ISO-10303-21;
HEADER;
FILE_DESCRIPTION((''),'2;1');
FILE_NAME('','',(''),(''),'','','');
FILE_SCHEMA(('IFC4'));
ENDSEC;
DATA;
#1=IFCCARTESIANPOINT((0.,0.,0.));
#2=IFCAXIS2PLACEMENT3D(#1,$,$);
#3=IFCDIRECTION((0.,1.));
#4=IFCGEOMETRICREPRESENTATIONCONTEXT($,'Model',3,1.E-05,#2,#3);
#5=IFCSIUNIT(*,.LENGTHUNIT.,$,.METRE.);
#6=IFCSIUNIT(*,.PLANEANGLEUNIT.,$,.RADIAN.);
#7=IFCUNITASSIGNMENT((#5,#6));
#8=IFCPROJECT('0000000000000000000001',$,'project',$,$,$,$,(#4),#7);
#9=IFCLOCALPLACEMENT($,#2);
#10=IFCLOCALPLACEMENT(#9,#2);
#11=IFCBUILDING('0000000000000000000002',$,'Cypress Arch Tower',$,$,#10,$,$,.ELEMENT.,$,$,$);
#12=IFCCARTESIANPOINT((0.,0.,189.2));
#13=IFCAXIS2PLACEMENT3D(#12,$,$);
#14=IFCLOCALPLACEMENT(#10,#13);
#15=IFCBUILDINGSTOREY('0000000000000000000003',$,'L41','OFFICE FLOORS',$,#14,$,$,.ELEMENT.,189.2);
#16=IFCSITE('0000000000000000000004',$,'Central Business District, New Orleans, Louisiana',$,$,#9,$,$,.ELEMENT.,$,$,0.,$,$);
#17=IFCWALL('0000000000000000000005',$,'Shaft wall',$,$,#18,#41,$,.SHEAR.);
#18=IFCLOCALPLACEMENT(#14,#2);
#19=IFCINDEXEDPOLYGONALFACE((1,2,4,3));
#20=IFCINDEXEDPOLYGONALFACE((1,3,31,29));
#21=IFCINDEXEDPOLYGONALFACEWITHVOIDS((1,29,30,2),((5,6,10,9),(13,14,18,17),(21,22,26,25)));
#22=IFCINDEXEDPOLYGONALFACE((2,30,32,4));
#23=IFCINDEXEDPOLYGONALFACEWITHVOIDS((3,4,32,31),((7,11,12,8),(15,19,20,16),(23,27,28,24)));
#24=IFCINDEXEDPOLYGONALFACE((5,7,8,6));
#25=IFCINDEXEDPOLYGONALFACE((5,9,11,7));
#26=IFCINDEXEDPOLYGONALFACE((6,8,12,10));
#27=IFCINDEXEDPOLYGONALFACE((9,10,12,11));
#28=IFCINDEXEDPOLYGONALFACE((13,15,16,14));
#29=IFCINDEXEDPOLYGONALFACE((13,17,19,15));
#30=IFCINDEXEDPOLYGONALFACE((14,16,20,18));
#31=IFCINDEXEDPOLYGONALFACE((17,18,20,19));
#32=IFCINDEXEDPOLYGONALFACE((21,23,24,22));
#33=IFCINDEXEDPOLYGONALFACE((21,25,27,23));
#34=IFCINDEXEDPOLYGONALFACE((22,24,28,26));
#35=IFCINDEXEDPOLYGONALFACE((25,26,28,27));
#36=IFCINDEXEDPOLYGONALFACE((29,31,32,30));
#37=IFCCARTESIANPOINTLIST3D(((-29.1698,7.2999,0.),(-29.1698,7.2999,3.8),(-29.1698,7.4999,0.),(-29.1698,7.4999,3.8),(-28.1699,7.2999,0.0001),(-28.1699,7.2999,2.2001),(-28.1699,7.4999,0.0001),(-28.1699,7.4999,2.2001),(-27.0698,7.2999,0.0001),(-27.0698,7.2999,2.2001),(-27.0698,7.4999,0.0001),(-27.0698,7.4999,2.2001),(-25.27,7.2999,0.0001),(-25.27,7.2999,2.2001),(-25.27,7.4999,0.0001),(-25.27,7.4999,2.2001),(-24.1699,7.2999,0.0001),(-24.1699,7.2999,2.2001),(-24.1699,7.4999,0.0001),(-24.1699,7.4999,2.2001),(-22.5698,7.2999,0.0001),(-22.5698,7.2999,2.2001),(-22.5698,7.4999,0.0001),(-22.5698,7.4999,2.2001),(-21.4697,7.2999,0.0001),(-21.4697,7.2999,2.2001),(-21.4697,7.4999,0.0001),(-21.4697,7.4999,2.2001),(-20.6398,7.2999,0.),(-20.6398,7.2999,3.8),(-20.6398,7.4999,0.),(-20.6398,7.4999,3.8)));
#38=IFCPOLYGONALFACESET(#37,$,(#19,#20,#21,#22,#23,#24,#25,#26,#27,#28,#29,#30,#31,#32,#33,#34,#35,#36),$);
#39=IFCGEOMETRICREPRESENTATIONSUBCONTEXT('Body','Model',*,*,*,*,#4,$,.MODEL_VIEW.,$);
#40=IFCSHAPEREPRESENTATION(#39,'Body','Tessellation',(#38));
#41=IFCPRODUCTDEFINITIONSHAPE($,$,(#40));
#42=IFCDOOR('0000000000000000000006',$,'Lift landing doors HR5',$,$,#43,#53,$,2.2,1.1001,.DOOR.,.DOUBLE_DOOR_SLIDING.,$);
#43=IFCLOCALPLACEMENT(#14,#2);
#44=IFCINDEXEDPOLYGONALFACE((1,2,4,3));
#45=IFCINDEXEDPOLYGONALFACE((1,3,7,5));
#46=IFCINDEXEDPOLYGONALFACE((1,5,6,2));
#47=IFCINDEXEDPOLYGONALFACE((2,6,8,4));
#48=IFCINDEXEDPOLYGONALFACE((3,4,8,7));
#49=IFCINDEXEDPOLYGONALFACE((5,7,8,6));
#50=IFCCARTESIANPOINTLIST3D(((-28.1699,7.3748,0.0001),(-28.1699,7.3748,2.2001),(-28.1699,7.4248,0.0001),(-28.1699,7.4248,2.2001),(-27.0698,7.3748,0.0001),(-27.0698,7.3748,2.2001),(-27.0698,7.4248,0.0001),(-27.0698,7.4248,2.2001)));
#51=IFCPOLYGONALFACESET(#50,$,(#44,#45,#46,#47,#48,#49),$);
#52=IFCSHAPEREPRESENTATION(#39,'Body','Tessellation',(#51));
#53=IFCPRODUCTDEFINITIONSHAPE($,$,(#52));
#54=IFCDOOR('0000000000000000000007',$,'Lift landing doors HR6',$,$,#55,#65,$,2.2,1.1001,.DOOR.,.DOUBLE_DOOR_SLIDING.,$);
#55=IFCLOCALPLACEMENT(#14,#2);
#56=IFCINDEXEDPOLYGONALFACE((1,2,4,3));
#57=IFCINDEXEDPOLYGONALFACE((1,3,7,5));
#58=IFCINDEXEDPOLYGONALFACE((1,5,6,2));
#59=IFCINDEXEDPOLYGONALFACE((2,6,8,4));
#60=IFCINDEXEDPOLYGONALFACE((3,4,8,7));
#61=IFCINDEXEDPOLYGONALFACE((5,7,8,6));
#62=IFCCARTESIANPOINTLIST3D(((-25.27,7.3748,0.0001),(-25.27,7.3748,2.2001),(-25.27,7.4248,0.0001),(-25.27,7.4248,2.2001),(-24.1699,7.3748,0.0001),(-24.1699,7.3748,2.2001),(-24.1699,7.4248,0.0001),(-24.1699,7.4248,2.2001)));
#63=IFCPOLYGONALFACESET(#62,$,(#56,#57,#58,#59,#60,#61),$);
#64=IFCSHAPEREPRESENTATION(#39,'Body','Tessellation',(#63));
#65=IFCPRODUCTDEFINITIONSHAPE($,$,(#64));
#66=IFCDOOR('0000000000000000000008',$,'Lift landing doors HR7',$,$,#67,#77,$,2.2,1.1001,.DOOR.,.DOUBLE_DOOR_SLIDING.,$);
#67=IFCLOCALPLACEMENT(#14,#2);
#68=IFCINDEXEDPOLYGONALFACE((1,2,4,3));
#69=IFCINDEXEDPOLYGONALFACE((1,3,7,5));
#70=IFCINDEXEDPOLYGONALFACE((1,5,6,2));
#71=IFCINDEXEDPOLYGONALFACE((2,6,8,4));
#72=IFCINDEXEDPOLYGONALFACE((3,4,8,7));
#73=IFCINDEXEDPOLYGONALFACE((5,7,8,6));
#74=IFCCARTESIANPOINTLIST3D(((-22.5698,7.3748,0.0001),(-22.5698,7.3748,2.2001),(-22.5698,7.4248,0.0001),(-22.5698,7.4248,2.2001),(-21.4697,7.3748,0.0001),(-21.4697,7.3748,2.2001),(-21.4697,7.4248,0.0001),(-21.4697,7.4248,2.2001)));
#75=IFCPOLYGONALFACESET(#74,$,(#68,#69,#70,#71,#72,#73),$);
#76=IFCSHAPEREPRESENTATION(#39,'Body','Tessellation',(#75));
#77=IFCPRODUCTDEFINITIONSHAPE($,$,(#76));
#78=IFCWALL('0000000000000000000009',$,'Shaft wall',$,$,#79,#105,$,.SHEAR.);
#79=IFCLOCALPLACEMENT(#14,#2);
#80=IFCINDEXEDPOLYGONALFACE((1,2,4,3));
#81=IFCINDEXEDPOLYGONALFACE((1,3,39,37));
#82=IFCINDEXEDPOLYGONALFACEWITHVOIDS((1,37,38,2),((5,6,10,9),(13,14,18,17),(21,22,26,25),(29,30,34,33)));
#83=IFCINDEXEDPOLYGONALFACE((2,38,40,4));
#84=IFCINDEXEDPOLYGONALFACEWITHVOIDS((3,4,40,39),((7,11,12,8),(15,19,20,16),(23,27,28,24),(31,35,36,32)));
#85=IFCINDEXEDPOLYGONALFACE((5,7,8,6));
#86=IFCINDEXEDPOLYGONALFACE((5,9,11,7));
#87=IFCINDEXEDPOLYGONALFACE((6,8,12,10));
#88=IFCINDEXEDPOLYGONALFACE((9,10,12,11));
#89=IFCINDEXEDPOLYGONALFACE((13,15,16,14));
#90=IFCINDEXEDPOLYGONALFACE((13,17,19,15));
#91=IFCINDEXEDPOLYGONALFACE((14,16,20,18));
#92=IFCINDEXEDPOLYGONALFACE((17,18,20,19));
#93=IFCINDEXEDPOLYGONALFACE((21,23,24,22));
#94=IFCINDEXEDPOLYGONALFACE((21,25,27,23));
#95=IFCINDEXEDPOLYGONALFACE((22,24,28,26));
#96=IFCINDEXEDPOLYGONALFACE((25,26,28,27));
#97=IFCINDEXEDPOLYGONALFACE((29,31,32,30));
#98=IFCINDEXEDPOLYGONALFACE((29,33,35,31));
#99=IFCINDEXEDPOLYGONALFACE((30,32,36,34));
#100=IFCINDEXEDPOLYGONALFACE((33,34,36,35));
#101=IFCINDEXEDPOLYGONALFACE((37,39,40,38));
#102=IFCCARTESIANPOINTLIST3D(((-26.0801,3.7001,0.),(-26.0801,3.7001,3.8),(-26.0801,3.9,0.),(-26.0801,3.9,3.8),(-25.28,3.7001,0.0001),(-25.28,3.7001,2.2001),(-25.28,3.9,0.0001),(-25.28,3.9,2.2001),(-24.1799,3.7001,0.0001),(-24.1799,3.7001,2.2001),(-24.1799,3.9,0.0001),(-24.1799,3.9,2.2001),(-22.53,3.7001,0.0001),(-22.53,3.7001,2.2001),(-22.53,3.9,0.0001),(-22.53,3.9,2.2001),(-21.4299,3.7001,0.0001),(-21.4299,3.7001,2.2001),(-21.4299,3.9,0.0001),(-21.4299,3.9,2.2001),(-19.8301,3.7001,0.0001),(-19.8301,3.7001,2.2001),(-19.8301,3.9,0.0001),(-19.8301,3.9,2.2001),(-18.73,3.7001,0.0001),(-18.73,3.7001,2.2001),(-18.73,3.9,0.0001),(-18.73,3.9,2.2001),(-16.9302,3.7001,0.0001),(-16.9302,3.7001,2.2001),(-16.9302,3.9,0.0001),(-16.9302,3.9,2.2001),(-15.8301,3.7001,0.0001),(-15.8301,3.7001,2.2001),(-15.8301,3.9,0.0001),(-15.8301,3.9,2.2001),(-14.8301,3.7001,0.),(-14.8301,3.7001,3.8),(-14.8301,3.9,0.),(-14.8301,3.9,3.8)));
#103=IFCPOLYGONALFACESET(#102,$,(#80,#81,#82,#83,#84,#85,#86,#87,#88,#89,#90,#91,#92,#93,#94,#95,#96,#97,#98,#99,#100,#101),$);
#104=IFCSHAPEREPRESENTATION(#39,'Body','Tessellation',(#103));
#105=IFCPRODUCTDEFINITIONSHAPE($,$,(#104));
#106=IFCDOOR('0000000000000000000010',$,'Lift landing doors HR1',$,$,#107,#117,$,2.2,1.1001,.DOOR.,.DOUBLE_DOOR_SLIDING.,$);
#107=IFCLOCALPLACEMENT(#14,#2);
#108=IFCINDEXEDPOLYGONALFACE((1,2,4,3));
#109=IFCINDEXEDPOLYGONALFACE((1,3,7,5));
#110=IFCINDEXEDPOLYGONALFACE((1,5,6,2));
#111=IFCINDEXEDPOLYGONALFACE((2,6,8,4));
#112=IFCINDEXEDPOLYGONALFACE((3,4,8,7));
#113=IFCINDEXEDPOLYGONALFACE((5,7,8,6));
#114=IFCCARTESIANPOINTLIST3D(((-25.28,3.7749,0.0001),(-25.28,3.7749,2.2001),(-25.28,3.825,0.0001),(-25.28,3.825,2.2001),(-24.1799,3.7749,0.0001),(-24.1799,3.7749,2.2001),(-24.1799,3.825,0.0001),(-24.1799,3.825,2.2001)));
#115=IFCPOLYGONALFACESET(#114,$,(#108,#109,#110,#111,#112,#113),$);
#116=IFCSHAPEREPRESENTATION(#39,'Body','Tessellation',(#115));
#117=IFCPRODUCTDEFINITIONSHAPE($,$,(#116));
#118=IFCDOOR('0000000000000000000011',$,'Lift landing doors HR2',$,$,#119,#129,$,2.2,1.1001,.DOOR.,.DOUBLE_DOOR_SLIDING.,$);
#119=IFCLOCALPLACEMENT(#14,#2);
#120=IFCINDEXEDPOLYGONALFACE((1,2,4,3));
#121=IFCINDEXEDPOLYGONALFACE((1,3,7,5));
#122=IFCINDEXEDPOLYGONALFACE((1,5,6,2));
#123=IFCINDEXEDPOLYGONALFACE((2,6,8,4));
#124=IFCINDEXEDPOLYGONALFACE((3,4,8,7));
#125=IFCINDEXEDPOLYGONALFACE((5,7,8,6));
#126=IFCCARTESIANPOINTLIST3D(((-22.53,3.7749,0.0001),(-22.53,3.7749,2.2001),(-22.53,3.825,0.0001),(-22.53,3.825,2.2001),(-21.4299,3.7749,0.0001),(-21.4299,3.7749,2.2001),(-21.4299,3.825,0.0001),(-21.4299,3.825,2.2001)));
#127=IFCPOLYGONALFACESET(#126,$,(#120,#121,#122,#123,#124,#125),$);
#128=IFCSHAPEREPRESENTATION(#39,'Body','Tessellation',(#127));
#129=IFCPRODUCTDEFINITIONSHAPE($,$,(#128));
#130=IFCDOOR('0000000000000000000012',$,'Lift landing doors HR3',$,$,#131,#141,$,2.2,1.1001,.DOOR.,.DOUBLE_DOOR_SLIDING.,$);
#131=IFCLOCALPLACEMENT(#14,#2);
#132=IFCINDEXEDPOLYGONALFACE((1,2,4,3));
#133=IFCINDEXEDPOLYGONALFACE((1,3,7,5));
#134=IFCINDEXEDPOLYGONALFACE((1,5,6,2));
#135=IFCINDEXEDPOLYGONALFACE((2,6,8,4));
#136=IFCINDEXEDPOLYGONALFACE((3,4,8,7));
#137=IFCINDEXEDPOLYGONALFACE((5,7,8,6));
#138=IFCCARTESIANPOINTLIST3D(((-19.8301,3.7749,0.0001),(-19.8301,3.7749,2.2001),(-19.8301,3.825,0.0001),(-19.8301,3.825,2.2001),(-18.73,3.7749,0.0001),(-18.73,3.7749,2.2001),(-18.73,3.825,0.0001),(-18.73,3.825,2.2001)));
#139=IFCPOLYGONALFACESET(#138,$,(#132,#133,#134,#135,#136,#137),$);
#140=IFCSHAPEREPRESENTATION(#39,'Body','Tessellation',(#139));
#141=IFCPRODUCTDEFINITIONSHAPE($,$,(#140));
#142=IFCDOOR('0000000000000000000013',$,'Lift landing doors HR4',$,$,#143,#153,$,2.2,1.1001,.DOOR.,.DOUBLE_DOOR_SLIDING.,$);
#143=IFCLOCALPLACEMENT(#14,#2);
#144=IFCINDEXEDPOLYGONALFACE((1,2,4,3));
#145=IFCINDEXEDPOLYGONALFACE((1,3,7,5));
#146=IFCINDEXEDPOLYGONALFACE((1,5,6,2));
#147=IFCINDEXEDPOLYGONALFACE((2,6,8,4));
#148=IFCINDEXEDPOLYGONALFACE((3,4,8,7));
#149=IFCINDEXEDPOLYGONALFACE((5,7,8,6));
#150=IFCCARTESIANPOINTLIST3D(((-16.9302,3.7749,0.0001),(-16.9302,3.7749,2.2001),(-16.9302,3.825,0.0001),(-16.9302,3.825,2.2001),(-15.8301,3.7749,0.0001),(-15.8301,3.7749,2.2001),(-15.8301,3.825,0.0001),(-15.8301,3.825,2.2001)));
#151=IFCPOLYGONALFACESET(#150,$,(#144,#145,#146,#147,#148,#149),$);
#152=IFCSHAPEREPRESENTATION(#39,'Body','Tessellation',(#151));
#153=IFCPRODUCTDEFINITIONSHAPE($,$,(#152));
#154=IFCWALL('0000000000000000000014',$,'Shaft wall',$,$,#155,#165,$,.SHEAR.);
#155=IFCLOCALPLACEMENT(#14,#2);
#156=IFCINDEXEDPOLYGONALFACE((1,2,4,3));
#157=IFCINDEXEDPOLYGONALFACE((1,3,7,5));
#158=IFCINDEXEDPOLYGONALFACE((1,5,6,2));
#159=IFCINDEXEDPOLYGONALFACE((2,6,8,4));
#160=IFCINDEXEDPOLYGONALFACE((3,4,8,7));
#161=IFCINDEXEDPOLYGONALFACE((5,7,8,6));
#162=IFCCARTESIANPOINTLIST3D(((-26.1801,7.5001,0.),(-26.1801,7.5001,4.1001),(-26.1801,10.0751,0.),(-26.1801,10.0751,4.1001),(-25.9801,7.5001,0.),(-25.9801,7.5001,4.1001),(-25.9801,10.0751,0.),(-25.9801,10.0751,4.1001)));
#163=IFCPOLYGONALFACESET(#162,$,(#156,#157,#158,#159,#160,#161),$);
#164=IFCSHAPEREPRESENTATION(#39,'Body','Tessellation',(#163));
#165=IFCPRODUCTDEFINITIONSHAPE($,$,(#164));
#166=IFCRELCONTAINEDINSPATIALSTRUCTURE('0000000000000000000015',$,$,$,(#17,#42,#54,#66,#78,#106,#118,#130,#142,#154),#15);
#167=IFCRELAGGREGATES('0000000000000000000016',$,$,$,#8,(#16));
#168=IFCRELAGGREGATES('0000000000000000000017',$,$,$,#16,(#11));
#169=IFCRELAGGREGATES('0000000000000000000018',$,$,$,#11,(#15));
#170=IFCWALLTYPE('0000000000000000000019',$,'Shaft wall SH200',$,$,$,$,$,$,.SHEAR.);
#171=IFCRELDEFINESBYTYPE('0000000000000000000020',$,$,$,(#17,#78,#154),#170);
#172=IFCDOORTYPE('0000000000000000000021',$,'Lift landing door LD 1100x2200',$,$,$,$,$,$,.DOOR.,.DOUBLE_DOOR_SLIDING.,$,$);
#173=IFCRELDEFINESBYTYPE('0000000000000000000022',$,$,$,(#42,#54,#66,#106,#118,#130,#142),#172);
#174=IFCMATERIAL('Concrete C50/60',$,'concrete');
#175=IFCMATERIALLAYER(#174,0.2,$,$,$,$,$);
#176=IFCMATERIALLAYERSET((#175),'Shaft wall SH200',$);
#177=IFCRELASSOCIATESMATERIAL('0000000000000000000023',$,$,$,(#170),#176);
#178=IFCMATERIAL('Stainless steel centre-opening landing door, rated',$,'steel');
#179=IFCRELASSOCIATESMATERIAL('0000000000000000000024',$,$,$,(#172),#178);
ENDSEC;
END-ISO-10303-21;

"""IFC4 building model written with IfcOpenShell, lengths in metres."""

from ifc_helpers import new_model, si_unit, direction, frame, frame_2d, origin, place, context, subcontext, project, spatial, rectangle, extrude, material, layer, layer_set, type_object, element, fill, save


model = new_model("IFC4")

# Units and contexts
model_context = context("Model", 3, precision=1e-05, world=origin(), true_north=direction((0.0, 1.0)))
body_context = subcontext(model_context, "Body", "Model", "MODEL_VIEW")
ifc_project = project(units=[si_unit("LENGTHUNIT", "METRE"), si_unit("PLANEANGLEUNIT", "RADIAN")], contexts=[model_context])

# Site, building, storey
site_placement = place(None, origin())
site = spatial("IfcSite", under=ifc_project, at=site_placement, Name="Central Business District, New Orleans, Louisiana", CompositionType="ELEMENT", RefElevation=0.0)
building_placement = place(site_placement, origin())
building = spatial("IfcBuilding", under=site, at=building_placement, Name="Cypress Arch Tower", CompositionType="ELEMENT")
storey_placement = place(building_placement, frame((0.0, 0.0, 189.2)))
storey = spatial("IfcBuildingStorey", under=building, at=storey_placement, Name="L41", Description="OFFICE FLOORS", CompositionType="ELEMENT", Elevation=189.2)

# Walls, openings, doors
ifc_material_1 = material(Name="Concrete C50/60", Category="concrete")
ifc_layer_1 = layer(ifc_material_1, 0.2)
ifc_layer_set_1 = layer_set([ifc_layer_1], Name="Shaft wall SH200")
wall_type_1 = type_object("IfcWallType", Name="Shaft wall SH200", PredefinedType="SHEAR", material=ifc_layer_set_1)
wall_1_placement = place(storey_placement, frame((-29.1699, 7.3999, 0.0), z_axis=(0.0, 0.0, 1.0), x_axis=(1.0, 0.0, 0.0)))
wall_1 = element("IfcWall", 1, at=wall_1_placement, inside=storey, type_object=wall_type_1, Name="Shaft wall", PredefinedType="SHEAR", context=body_context, shape_type="SweptSolid", body=[
    extrude(rectangle(XDim=8.53, YDim=0.2, at=frame_2d((4.2651, 0.0))), origin(), (0.0, 0.0, 1.0), 3.8),
])
opening_1_placement = place(wall_1_placement, frame((1.0, 0.0, 0.0)))
opening_1 = element("IfcOpeningElement", 2, at=opening_1_placement, cuts=wall_1, PredefinedType="OPENING", context=body_context, shape_type="SweptSolid", body=[
    extrude(rectangle(XDim=1.1001, YDim=2.2, at=frame_2d((0.55, 1.1001))), frame((0.0, 0.1099, 0.0), z_axis=(0.0, -1.0, 0.0), x_axis=(1.0, 0.0, 0.0)), (0.0, 0.0, 1.0), 0.22),
])
opening_2_placement = place(wall_1_placement, frame((3.8999, 0.0, 0.0)))
opening_2 = element("IfcOpeningElement", 3, at=opening_2_placement, cuts=wall_1, PredefinedType="OPENING", context=body_context, shape_type="SweptSolid", body=[
    extrude(rectangle(XDim=1.1001, YDim=2.2, at=frame_2d((0.55, 1.1001))), frame((0.0, 0.1099, 0.0), z_axis=(0.0, -1.0, 0.0), x_axis=(1.0, 0.0, 0.0)), (0.0, 0.0, 1.0), 0.22),
])
opening_3_placement = place(wall_1_placement, frame((6.6001, 0.0, 0.0)))
opening_3 = element("IfcOpeningElement", 4, at=opening_3_placement, cuts=wall_1, PredefinedType="OPENING", context=body_context, shape_type="SweptSolid", body=[
    extrude(rectangle(XDim=1.1001, YDim=2.2, at=frame_2d((0.55, 1.1001))), frame((0.0, 0.1099, 0.0), z_axis=(0.0, -1.0, 0.0), x_axis=(1.0, 0.0, 0.0)), (0.0, 0.0, 1.0), 0.22),
])
ifc_material_2 = material(Name="Stainless steel centre-opening landing door, rated", Category="steel")
door_type_1 = type_object("IfcDoorType", Name="Lift landing door LD 1100x2200", OperationType="DOUBLE_DOOR_SLIDING", PredefinedType="DOOR", material=ifc_material_2)
door_1_placement = place(opening_1_placement, origin())
door_1 = element("IfcDoor", 5, at=door_1_placement, inside=storey, type_object=door_type_1, Name="Lift landing doors HR5", OperationType="DOUBLE_DOOR_SLIDING", OverallHeight=2.2, OverallWidth=1.1001, PredefinedType="DOOR", context=body_context, shape_type="SweptSolid", body=[
    extrude(rectangle(XDim=1.1001, YDim=2.2, at=frame_2d((0.55, 1.1001))), frame((0.0, 0.0249, 0.0), z_axis=(0.0, -1.0, 0.0), x_axis=(1.0, 0.0, 0.0)), (0.0, 0.0, 1.0), 0.05),
])
fill(opening_1, door_1)
door_2_placement = place(opening_2_placement, origin())
door_2 = element("IfcDoor", 6, at=door_2_placement, inside=storey, type_object=door_type_1, Name="Lift landing doors HR6", OperationType="DOUBLE_DOOR_SLIDING", OverallHeight=2.2, OverallWidth=1.1001, PredefinedType="DOOR", context=body_context, shape_type="SweptSolid", body=[
    extrude(rectangle(XDim=1.1001, YDim=2.2, at=frame_2d((0.55, 1.1001))), frame((0.0, 0.0249, 0.0), z_axis=(0.0, -1.0, 0.0), x_axis=(1.0, 0.0, 0.0)), (0.0, 0.0, 1.0), 0.05),
])
fill(opening_2, door_2)
door_3_placement = place(opening_3_placement, origin())
door_3 = element("IfcDoor", 7, at=door_3_placement, inside=storey, type_object=door_type_1, Name="Lift landing doors HR7", OperationType="DOUBLE_DOOR_SLIDING", OverallHeight=2.2, OverallWidth=1.1001, PredefinedType="DOOR", context=body_context, shape_type="SweptSolid", body=[
    extrude(rectangle(XDim=1.1001, YDim=2.2, at=frame_2d((0.55, 1.1001))), frame((0.0, 0.0249, 0.0), z_axis=(0.0, -1.0, 0.0), x_axis=(1.0, 0.0, 0.0)), (0.0, 0.0, 1.0), 0.05),
])
fill(opening_3, door_3)
wall_2_placement = place(storey_placement, frame((-26.0801, 3.8, 0.0), z_axis=(0.0, 0.0, 1.0), x_axis=(1.0, 0.0, 0.0)))
wall_2 = element("IfcWall", 8, at=wall_2_placement, inside=storey, type_object=wall_type_1, Name="Shaft wall", PredefinedType="SHEAR", context=body_context, shape_type="SweptSolid", body=[
    extrude(rectangle(XDim=11.25, YDim=0.2, at=frame_2d((5.625, 0.0))), origin(), (0.0, 0.0, 1.0), 3.8),
])
opening_4_placement = place(wall_2_placement, frame((0.8, 0.0, 0.0)))
opening_4 = element("IfcOpeningElement", 9, at=opening_4_placement, cuts=wall_2, PredefinedType="OPENING", context=body_context, shape_type="SweptSolid", body=[
    extrude(rectangle(XDim=1.1001, YDim=2.2, at=frame_2d((0.55, 1.1001))), frame((0.0, 0.1099, 0.0), z_axis=(0.0, -1.0, 0.0), x_axis=(1.0, 0.0, 0.0)), (0.0, 0.0, 1.0), 0.22),
])
opening_5_placement = place(wall_2_placement, frame((3.55, 0.0, 0.0)))
opening_5 = element("IfcOpeningElement", 10, at=opening_5_placement, cuts=wall_2, PredefinedType="OPENING", context=body_context, shape_type="SweptSolid", body=[
    extrude(rectangle(XDim=1.1001, YDim=2.2, at=frame_2d((0.55, 1.1001))), frame((0.0, 0.1099, 0.0), z_axis=(0.0, -1.0, 0.0), x_axis=(1.0, 0.0, 0.0)), (0.0, 0.0, 1.0), 0.22),
])
opening_6_placement = place(wall_2_placement, frame((6.25, 0.0, 0.0)))
opening_6 = element("IfcOpeningElement", 11, at=opening_6_placement, cuts=wall_2, PredefinedType="OPENING", context=body_context, shape_type="SweptSolid", body=[
    extrude(rectangle(XDim=1.1001, YDim=2.2, at=frame_2d((0.55, 1.1001))), frame((0.0, 0.1099, 0.0), z_axis=(0.0, -1.0, 0.0), x_axis=(1.0, 0.0, 0.0)), (0.0, 0.0, 1.0), 0.22),
])
opening_7_placement = place(wall_2_placement, frame((9.1499, 0.0, 0.0)))
opening_7 = element("IfcOpeningElement", 12, at=opening_7_placement, cuts=wall_2, PredefinedType="OPENING", context=body_context, shape_type="SweptSolid", body=[
    extrude(rectangle(XDim=1.1001, YDim=2.2, at=frame_2d((0.55, 1.1001))), frame((0.0, 0.1099, 0.0), z_axis=(0.0, -1.0, 0.0), x_axis=(1.0, 0.0, 0.0)), (0.0, 0.0, 1.0), 0.22),
])
door_4_placement = place(opening_4_placement, origin())
door_4 = element("IfcDoor", 13, at=door_4_placement, inside=storey, type_object=door_type_1, Name="Lift landing doors HR1", OperationType="DOUBLE_DOOR_SLIDING", OverallHeight=2.2, OverallWidth=1.1001, PredefinedType="DOOR", context=body_context, shape_type="SweptSolid", body=[
    extrude(rectangle(XDim=1.1001, YDim=2.2, at=frame_2d((0.55, 1.1001))), frame((0.0, 0.0249, 0.0), z_axis=(0.0, -1.0, 0.0), x_axis=(1.0, 0.0, 0.0)), (0.0, 0.0, 1.0), 0.05),
])
fill(opening_4, door_4)
door_5_placement = place(opening_5_placement, origin())
door_5 = element("IfcDoor", 14, at=door_5_placement, inside=storey, type_object=door_type_1, Name="Lift landing doors HR2", OperationType="DOUBLE_DOOR_SLIDING", OverallHeight=2.2, OverallWidth=1.1001, PredefinedType="DOOR", context=body_context, shape_type="SweptSolid", body=[
    extrude(rectangle(XDim=1.1001, YDim=2.2, at=frame_2d((0.55, 1.1001))), frame((0.0, 0.0249, 0.0), z_axis=(0.0, -1.0, 0.0), x_axis=(1.0, 0.0, 0.0)), (0.0, 0.0, 1.0), 0.05),
])
fill(opening_5, door_5)
door_6_placement = place(opening_6_placement, origin())
door_6 = element("IfcDoor", 15, at=door_6_placement, inside=storey, type_object=door_type_1, Name="Lift landing doors HR3", OperationType="DOUBLE_DOOR_SLIDING", OverallHeight=2.2, OverallWidth=1.1001, PredefinedType="DOOR", context=body_context, shape_type="SweptSolid", body=[
    extrude(rectangle(XDim=1.1001, YDim=2.2, at=frame_2d((0.55, 1.1001))), frame((0.0, 0.0249, 0.0), z_axis=(0.0, -1.0, 0.0), x_axis=(1.0, 0.0, 0.0)), (0.0, 0.0, 1.0), 0.05),
])
fill(opening_6, door_6)
door_7_placement = place(opening_7_placement, origin())
door_7 = element("IfcDoor", 16, at=door_7_placement, inside=storey, type_object=door_type_1, Name="Lift landing doors HR4", OperationType="DOUBLE_DOOR_SLIDING", OverallHeight=2.2, OverallWidth=1.1001, PredefinedType="DOOR", context=body_context, shape_type="SweptSolid", body=[
    extrude(rectangle(XDim=1.1001, YDim=2.2, at=frame_2d((0.55, 1.1001))), frame((0.0, 0.0249, 0.0), z_axis=(0.0, -1.0, 0.0), x_axis=(1.0, 0.0, 0.0)), (0.0, 0.0, 1.0), 0.05),
])
fill(opening_7, door_7)

# Wall
for number, where, z_axis, x_axis, name in (
    (17, (-26.0801, 7.5, 0.0), (0.0, 0.0, 1.0), (0.0, 1.0, 0.0), "Shaft wall"),
):
    element("IfcWall", number, at=place(storey_placement, frame(where, z_axis=z_axis, x_axis=x_axis)), inside=storey, type_object=wall_type_1, Name=name, PredefinedType="SHEAR", context=body_context, shape_type="SweptSolid", body=[
        extrude(rectangle(XDim=2.575, YDim=0.2, at=frame_2d((1.2876, 0.0))), origin(), (0.0, 0.0, 1.0), 4.1001),
    ])

save(model, "model.ifc")
